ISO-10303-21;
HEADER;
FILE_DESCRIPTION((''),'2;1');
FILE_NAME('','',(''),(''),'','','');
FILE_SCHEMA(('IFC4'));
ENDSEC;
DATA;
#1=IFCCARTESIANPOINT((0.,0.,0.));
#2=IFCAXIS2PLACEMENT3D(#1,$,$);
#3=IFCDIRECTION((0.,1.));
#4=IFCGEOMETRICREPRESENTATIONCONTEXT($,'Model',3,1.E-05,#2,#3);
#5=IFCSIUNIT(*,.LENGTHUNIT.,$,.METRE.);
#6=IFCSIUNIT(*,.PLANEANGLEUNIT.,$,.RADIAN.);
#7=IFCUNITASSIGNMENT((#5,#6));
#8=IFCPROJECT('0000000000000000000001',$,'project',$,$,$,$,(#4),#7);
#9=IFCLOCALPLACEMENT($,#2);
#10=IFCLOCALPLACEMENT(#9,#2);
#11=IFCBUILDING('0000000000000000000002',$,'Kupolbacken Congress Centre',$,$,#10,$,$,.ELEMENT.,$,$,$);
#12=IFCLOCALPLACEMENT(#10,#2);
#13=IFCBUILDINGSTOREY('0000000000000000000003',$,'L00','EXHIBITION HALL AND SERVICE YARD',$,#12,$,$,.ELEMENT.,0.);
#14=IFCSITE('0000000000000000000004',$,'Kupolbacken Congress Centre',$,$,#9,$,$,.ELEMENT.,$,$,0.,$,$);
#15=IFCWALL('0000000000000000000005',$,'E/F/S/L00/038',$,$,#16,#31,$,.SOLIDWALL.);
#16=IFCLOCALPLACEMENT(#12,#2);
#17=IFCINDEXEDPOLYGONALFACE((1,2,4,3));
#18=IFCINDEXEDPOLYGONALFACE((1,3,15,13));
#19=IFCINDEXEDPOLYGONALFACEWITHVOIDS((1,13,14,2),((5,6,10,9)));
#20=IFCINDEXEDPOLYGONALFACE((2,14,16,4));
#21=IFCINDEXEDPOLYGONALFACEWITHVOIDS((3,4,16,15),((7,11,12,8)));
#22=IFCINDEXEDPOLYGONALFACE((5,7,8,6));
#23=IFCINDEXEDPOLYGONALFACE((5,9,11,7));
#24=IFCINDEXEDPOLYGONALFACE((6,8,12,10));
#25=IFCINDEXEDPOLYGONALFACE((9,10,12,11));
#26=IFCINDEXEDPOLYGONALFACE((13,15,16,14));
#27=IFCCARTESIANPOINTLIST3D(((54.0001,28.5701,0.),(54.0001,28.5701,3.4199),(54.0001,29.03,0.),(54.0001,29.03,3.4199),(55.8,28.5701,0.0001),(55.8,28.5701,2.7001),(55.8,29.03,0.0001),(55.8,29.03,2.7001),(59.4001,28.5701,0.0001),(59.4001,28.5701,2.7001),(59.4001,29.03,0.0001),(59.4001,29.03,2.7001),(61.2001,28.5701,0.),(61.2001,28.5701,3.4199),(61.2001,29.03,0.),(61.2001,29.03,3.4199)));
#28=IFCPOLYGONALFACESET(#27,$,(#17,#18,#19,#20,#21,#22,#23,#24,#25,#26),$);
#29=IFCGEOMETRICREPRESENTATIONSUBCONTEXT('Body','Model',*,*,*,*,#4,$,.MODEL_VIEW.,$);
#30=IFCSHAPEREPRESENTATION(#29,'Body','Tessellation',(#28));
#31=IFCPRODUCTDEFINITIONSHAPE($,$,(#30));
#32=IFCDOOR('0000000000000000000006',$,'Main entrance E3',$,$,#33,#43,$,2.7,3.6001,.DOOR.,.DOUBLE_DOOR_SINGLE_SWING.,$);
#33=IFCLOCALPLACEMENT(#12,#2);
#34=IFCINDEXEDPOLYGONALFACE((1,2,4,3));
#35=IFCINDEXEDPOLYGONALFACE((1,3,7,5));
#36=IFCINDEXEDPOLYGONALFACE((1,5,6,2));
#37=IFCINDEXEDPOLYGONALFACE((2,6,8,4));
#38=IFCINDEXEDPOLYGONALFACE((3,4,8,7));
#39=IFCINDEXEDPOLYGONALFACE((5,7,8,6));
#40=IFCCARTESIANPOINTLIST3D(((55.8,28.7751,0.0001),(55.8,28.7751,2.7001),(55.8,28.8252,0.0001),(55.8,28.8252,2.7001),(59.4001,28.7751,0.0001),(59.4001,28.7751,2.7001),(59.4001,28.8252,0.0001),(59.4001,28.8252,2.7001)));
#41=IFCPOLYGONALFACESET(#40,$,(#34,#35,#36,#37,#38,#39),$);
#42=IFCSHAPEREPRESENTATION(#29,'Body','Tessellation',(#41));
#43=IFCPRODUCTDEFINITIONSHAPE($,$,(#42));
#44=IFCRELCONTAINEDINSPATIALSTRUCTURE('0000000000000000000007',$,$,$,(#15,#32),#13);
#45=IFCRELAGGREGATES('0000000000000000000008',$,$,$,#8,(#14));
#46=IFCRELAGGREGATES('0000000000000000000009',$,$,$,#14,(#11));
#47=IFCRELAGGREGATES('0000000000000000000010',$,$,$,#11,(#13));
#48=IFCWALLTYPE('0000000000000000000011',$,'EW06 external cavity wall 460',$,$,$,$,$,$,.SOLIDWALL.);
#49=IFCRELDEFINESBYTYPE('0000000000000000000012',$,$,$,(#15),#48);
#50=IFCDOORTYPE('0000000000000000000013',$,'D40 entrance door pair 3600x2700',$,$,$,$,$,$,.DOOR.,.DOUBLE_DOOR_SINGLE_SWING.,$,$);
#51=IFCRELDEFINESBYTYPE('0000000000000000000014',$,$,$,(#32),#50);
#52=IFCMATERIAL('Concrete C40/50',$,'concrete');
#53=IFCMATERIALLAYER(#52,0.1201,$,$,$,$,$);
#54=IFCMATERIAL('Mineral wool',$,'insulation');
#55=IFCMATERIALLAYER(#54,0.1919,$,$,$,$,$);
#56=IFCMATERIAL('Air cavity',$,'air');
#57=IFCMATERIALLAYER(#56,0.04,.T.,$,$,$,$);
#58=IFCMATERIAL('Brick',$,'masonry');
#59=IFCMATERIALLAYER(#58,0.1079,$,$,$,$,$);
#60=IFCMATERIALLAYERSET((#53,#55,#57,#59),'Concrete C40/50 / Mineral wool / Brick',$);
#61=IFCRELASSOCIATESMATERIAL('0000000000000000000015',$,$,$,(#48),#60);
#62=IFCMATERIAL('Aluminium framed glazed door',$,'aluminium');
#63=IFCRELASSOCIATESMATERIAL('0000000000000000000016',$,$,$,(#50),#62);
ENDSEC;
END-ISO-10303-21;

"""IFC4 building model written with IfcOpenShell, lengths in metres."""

from ifc_helpers import new_model, si_unit, direction, frame, frame_2d, origin, place, context, subcontext, project, spatial, rectangle, extrude, material, layer, layer_set, type_object, element, fill, save


model = new_model("IFC4")

# Units and contexts
model_context = context("Model", 3, precision=1e-05, world=origin(), true_north=direction((0.0, 1.0)))
body_context = subcontext(model_context, "Body", "Model", "MODEL_VIEW")
ifc_project = project(units=[si_unit("LENGTHUNIT", "METRE"), si_unit("PLANEANGLEUNIT", "RADIAN")], contexts=[model_context])

# Site, building, storey
site_placement = place(None, origin())
site = spatial("IfcSite", under=ifc_project, at=site_placement, Name="Kupolbacken Congress Centre", CompositionType="ELEMENT", RefElevation=0.0)
building_placement = place(site_placement, origin())
building = spatial("IfcBuilding", under=site, at=building_placement, Name="Kupolbacken Congress Centre", CompositionType="ELEMENT")
storey_placement = place(building_placement, origin())
storey = spatial("IfcBuildingStorey", under=building, at=storey_placement, Name="L00", Description="EXHIBITION HALL AND SERVICE YARD", CompositionType="ELEMENT", Elevation=0.0)

# Wall, opening, door
ifc_material_1 = material(Name="Concrete C40/50", Category="concrete")
ifc_layer_1 = layer(ifc_material_1, 0.1201)
ifc_material_2 = material(Name="Mineral wool", Category="insulation")
ifc_layer_2 = layer(ifc_material_2, 0.1919)
ifc_material_3 = material(Name="Air cavity", Category="air")
ifc_layer_3 = layer(ifc_material_3, 0.04, ventilated=True)
ifc_material_4 = material(Name="Brick", Category="masonry")
ifc_layer_4 = layer(ifc_material_4, 0.1079)
ifc_layer_set_1 = layer_set([ifc_layer_1, ifc_layer_2, ifc_layer_3, ifc_layer_4], Name="Concrete C40/50 / Mineral wool / Brick")
wall_type = type_object("IfcWallType", Name="EW06 external cavity wall 460", PredefinedType="SOLIDWALL", material=ifc_layer_set_1)
wall_placement = place(storey_placement, frame((54.0, 28.8, 0.0), z_axis=(0.0, 0.0, 1.0), x_axis=(1.0, 0.0, 0.0)))
wall = element("IfcWall", 1, at=wall_placement, inside=storey, type_object=wall_type, Name="E/F/S/L00/038", PredefinedType="SOLIDWALL", context=body_context, shape_type="SweptSolid", body=[
    extrude(rectangle(XDim=7.2, YDim=0.46, at=frame_2d((3.6001, 0.0))), origin(), (0.0, 0.0, 1.0), 3.4199),
])
opening_placement = place(wall_placement, frame((1.8, 0.0, 0.0)))
opening = element("IfcOpeningElement", 2, at=opening_placement, cuts=wall, PredefinedType="OPENING", context=body_context, shape_type="SweptSolid", body=[
    extrude(rectangle(XDim=3.6001, YDim=2.7, at=frame_2d((1.8, 1.3501))), frame((0.0, 0.24, 0.0), z_axis=(0.0, -1.0, 0.0), x_axis=(1.0, 0.0, 0.0)), (0.0, 0.0, 1.0), 0.48),
])
ifc_material_5 = material(Name="Aluminium framed glazed door", Category="aluminium")
door_type = type_object("IfcDoorType", Name="D40 entrance door pair 3600x2700", OperationType="DOUBLE_DOOR_SINGLE_SWING", PredefinedType="DOOR", material=ifc_material_5)
door_placement = place(opening_placement, frame((3.6001, 0.0, 0.0), z_axis=(0.0, 0.0, 1.0), x_axis=(-1.0, 0.0, 0.0)))
door = element("IfcDoor", 3, at=door_placement, inside=storey, type_object=door_type, Name="Main entrance E3", OperationType="DOUBLE_DOOR_SINGLE_SWING", OverallHeight=2.7, OverallWidth=3.6001, PredefinedType="DOOR", context=body_context, shape_type="SweptSolid", body=[
    extrude(rectangle(XDim=3.6001, YDim=2.7, at=frame_2d((1.8, 1.3501))), frame((0.0, 0.0249, 0.0), z_axis=(0.0, -1.0, 0.0), x_axis=(1.0, 0.0, 0.0)), (0.0, 0.0, 1.0), 0.05),
])
fill(opening, door)

save(model, "model.ifc")
